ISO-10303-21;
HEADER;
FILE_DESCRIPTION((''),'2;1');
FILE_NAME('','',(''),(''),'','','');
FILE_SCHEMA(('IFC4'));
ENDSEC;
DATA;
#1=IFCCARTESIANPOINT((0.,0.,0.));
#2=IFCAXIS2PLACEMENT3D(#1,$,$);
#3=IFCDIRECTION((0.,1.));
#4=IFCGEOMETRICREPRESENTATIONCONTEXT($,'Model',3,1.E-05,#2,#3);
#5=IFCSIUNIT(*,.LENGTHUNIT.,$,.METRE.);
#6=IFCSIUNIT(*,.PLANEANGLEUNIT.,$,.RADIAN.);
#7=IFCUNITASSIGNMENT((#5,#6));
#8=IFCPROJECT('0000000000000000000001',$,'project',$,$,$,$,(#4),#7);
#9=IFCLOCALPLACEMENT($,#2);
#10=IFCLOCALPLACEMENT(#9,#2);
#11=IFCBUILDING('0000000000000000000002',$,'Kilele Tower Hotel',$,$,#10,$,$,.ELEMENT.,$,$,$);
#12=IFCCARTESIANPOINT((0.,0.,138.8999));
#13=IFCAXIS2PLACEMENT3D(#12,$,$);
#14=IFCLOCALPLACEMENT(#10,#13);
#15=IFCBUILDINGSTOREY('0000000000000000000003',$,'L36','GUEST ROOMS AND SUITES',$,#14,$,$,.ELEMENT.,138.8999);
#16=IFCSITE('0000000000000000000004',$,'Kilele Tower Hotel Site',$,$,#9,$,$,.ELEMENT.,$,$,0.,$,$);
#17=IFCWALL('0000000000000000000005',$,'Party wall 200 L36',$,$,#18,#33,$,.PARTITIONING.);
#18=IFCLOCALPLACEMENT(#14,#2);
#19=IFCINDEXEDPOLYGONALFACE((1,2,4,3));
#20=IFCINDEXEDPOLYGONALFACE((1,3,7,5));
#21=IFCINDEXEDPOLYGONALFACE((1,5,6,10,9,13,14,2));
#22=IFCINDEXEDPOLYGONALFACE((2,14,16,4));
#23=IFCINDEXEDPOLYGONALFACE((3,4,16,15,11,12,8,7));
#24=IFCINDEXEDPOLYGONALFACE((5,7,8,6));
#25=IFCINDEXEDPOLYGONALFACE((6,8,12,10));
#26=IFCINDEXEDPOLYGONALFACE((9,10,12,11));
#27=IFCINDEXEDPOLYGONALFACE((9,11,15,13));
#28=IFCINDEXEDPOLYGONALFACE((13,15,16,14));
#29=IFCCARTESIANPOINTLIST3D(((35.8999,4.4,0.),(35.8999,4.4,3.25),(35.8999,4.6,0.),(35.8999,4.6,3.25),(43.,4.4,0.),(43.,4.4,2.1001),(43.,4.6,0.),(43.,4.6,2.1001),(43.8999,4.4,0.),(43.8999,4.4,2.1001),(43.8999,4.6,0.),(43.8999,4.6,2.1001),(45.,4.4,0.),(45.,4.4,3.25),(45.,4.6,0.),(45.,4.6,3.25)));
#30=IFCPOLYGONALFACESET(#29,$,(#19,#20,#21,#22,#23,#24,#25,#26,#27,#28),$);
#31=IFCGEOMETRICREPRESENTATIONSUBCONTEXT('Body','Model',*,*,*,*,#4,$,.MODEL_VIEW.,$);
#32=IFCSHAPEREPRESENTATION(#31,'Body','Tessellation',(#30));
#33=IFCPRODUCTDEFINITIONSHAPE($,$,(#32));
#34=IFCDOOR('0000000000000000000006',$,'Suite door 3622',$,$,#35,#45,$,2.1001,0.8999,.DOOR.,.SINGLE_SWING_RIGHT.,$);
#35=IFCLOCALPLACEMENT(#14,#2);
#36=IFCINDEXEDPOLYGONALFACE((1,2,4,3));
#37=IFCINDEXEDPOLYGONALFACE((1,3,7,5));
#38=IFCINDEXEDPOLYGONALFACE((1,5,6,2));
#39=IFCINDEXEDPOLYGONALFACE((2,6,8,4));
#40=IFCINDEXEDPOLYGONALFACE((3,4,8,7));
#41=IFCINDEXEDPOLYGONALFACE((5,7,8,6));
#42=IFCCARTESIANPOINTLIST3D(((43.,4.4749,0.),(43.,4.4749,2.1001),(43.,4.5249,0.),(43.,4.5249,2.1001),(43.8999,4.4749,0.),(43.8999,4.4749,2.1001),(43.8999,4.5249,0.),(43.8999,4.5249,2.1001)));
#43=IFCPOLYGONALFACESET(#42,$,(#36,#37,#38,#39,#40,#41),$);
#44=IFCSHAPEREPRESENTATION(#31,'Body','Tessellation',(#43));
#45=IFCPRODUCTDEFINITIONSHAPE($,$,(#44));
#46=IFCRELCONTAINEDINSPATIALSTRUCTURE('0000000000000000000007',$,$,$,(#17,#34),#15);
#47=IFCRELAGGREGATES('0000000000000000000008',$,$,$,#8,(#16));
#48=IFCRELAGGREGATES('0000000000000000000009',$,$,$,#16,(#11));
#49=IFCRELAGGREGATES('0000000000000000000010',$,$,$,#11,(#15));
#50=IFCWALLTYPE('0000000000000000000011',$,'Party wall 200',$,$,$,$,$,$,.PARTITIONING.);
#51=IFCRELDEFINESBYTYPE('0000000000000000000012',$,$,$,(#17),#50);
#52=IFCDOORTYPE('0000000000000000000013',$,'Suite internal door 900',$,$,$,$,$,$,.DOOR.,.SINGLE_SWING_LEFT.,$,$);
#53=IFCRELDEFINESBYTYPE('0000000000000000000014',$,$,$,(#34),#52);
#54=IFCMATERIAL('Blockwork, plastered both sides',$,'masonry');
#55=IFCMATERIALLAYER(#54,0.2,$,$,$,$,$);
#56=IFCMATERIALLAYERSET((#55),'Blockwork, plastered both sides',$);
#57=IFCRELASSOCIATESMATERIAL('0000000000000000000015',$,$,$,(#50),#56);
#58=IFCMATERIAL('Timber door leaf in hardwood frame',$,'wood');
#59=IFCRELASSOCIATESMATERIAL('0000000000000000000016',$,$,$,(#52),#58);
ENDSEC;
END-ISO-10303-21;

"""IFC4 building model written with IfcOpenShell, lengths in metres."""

from ifc_helpers import new_model, si_unit, direction, frame, frame_2d, origin, place, context, subcontext, project, spatial, rectangle, extrude, material, layer, layer_set, type_object, element, fill, save


model = new_model("IFC4")

# Units and contexts
model_context = context("Model", 3, precision=1e-05, world=origin(), true_north=direction((0.0, 1.0)))
body_context = subcontext(model_context, "Body", "Model", "MODEL_VIEW")
ifc_project = project(units=[si_unit("LENGTHUNIT", "METRE"), si_unit("PLANEANGLEUNIT", "RADIAN")], contexts=[model_context])

# Site, building, storey
site_placement = place(None, origin())
site = spatial("IfcSite", under=ifc_project, at=site_placement, Name="Kilele Tower Hotel Site", CompositionType="ELEMENT", RefElevation=0.0)
building_placement = place(site_placement, origin())
building = spatial("IfcBuilding", under=site, at=building_placement, Name="Kilele Tower Hotel", CompositionType="ELEMENT")
storey_placement = place(building_placement, frame((0.0, 0.0, 138.8999)))
storey = spatial("IfcBuildingStorey", under=building, at=storey_placement, Name="L36", Description="GUEST ROOMS AND SUITES", CompositionType="ELEMENT", Elevation=138.8999)

# Wall, opening, door
ifc_material_1 = material(Name="Blockwork, plastered both sides", Category="masonry")
ifc_layer_1 = layer(ifc_material_1, 0.2)
ifc_layer_set_1 = layer_set([ifc_layer_1], Name="Blockwork, plastered both sides")
wall_type_1 = type_object("IfcWallType", Name="Party wall 200", PredefinedType="PARTITIONING", material=ifc_layer_set_1)
wall_1_placement = place(storey_placement, frame((35.8999, 4.5, 0.0), z_axis=(0.0, 0.0, 1.0), x_axis=(1.0, 0.0, 0.0)))
wall_1 = element("IfcWall", 1, at=wall_1_placement, inside=storey, type_object=wall_type_1, Name="Party wall 200 L36", PredefinedType="PARTITIONING", context=body_context, shape_type="SweptSolid", body=[
    extrude(rectangle(XDim=9.1001, YDim=0.2, at=frame_2d((4.55, 0.0))), origin(), (0.0, 0.0, 1.0), 3.25),
])
opening_1_placement = place(wall_1_placement, frame((7.1001, 0.0, 0.0)))
opening_1 = element("IfcOpeningElement", 2, at=opening_1_placement, cuts=wall_1, PredefinedType="OPENING", context=body_context, shape_type="SweptSolid", body=[
    extrude(rectangle(XDim=0.8999, YDim=2.1001, at=frame_2d((0.45, 1.05))), frame((0.0, 0.1099, 0.0), z_axis=(0.0, -1.0, 0.0), x_axis=(1.0, 0.0, 0.0)), (0.0, 0.0, 1.0), 0.22),
])
ifc_material_2 = material(Name="Timber door leaf in hardwood frame", Category="wood")
door_type_1 = type_object("IfcDoorType", Name="Suite internal door 900", OperationType="SINGLE_SWING_LEFT", PredefinedType="DOOR", material=ifc_material_2)
door_1_placement = place(opening_1_placement, origin())
door_1 = element("IfcDoor", 3, at=door_1_placement, inside=storey, type_object=door_type_1, Name="Suite door 3622", OperationType="SINGLE_SWING_RIGHT", OverallHeight=2.1001, OverallWidth=0.8999, PredefinedType="DOOR", context=body_context, shape_type="SweptSolid", body=[
    extrude(rectangle(XDim=0.8999, YDim=2.1001, at=frame_2d((0.45, 1.05))), frame((0.0, 0.0249, 0.0), z_axis=(0.0, -1.0, 0.0), x_axis=(1.0, 0.0, 0.0)), (0.0, 0.0, 1.0), 0.05),
])
fill(opening_1, door_1)

save(model, "model.ifc")
